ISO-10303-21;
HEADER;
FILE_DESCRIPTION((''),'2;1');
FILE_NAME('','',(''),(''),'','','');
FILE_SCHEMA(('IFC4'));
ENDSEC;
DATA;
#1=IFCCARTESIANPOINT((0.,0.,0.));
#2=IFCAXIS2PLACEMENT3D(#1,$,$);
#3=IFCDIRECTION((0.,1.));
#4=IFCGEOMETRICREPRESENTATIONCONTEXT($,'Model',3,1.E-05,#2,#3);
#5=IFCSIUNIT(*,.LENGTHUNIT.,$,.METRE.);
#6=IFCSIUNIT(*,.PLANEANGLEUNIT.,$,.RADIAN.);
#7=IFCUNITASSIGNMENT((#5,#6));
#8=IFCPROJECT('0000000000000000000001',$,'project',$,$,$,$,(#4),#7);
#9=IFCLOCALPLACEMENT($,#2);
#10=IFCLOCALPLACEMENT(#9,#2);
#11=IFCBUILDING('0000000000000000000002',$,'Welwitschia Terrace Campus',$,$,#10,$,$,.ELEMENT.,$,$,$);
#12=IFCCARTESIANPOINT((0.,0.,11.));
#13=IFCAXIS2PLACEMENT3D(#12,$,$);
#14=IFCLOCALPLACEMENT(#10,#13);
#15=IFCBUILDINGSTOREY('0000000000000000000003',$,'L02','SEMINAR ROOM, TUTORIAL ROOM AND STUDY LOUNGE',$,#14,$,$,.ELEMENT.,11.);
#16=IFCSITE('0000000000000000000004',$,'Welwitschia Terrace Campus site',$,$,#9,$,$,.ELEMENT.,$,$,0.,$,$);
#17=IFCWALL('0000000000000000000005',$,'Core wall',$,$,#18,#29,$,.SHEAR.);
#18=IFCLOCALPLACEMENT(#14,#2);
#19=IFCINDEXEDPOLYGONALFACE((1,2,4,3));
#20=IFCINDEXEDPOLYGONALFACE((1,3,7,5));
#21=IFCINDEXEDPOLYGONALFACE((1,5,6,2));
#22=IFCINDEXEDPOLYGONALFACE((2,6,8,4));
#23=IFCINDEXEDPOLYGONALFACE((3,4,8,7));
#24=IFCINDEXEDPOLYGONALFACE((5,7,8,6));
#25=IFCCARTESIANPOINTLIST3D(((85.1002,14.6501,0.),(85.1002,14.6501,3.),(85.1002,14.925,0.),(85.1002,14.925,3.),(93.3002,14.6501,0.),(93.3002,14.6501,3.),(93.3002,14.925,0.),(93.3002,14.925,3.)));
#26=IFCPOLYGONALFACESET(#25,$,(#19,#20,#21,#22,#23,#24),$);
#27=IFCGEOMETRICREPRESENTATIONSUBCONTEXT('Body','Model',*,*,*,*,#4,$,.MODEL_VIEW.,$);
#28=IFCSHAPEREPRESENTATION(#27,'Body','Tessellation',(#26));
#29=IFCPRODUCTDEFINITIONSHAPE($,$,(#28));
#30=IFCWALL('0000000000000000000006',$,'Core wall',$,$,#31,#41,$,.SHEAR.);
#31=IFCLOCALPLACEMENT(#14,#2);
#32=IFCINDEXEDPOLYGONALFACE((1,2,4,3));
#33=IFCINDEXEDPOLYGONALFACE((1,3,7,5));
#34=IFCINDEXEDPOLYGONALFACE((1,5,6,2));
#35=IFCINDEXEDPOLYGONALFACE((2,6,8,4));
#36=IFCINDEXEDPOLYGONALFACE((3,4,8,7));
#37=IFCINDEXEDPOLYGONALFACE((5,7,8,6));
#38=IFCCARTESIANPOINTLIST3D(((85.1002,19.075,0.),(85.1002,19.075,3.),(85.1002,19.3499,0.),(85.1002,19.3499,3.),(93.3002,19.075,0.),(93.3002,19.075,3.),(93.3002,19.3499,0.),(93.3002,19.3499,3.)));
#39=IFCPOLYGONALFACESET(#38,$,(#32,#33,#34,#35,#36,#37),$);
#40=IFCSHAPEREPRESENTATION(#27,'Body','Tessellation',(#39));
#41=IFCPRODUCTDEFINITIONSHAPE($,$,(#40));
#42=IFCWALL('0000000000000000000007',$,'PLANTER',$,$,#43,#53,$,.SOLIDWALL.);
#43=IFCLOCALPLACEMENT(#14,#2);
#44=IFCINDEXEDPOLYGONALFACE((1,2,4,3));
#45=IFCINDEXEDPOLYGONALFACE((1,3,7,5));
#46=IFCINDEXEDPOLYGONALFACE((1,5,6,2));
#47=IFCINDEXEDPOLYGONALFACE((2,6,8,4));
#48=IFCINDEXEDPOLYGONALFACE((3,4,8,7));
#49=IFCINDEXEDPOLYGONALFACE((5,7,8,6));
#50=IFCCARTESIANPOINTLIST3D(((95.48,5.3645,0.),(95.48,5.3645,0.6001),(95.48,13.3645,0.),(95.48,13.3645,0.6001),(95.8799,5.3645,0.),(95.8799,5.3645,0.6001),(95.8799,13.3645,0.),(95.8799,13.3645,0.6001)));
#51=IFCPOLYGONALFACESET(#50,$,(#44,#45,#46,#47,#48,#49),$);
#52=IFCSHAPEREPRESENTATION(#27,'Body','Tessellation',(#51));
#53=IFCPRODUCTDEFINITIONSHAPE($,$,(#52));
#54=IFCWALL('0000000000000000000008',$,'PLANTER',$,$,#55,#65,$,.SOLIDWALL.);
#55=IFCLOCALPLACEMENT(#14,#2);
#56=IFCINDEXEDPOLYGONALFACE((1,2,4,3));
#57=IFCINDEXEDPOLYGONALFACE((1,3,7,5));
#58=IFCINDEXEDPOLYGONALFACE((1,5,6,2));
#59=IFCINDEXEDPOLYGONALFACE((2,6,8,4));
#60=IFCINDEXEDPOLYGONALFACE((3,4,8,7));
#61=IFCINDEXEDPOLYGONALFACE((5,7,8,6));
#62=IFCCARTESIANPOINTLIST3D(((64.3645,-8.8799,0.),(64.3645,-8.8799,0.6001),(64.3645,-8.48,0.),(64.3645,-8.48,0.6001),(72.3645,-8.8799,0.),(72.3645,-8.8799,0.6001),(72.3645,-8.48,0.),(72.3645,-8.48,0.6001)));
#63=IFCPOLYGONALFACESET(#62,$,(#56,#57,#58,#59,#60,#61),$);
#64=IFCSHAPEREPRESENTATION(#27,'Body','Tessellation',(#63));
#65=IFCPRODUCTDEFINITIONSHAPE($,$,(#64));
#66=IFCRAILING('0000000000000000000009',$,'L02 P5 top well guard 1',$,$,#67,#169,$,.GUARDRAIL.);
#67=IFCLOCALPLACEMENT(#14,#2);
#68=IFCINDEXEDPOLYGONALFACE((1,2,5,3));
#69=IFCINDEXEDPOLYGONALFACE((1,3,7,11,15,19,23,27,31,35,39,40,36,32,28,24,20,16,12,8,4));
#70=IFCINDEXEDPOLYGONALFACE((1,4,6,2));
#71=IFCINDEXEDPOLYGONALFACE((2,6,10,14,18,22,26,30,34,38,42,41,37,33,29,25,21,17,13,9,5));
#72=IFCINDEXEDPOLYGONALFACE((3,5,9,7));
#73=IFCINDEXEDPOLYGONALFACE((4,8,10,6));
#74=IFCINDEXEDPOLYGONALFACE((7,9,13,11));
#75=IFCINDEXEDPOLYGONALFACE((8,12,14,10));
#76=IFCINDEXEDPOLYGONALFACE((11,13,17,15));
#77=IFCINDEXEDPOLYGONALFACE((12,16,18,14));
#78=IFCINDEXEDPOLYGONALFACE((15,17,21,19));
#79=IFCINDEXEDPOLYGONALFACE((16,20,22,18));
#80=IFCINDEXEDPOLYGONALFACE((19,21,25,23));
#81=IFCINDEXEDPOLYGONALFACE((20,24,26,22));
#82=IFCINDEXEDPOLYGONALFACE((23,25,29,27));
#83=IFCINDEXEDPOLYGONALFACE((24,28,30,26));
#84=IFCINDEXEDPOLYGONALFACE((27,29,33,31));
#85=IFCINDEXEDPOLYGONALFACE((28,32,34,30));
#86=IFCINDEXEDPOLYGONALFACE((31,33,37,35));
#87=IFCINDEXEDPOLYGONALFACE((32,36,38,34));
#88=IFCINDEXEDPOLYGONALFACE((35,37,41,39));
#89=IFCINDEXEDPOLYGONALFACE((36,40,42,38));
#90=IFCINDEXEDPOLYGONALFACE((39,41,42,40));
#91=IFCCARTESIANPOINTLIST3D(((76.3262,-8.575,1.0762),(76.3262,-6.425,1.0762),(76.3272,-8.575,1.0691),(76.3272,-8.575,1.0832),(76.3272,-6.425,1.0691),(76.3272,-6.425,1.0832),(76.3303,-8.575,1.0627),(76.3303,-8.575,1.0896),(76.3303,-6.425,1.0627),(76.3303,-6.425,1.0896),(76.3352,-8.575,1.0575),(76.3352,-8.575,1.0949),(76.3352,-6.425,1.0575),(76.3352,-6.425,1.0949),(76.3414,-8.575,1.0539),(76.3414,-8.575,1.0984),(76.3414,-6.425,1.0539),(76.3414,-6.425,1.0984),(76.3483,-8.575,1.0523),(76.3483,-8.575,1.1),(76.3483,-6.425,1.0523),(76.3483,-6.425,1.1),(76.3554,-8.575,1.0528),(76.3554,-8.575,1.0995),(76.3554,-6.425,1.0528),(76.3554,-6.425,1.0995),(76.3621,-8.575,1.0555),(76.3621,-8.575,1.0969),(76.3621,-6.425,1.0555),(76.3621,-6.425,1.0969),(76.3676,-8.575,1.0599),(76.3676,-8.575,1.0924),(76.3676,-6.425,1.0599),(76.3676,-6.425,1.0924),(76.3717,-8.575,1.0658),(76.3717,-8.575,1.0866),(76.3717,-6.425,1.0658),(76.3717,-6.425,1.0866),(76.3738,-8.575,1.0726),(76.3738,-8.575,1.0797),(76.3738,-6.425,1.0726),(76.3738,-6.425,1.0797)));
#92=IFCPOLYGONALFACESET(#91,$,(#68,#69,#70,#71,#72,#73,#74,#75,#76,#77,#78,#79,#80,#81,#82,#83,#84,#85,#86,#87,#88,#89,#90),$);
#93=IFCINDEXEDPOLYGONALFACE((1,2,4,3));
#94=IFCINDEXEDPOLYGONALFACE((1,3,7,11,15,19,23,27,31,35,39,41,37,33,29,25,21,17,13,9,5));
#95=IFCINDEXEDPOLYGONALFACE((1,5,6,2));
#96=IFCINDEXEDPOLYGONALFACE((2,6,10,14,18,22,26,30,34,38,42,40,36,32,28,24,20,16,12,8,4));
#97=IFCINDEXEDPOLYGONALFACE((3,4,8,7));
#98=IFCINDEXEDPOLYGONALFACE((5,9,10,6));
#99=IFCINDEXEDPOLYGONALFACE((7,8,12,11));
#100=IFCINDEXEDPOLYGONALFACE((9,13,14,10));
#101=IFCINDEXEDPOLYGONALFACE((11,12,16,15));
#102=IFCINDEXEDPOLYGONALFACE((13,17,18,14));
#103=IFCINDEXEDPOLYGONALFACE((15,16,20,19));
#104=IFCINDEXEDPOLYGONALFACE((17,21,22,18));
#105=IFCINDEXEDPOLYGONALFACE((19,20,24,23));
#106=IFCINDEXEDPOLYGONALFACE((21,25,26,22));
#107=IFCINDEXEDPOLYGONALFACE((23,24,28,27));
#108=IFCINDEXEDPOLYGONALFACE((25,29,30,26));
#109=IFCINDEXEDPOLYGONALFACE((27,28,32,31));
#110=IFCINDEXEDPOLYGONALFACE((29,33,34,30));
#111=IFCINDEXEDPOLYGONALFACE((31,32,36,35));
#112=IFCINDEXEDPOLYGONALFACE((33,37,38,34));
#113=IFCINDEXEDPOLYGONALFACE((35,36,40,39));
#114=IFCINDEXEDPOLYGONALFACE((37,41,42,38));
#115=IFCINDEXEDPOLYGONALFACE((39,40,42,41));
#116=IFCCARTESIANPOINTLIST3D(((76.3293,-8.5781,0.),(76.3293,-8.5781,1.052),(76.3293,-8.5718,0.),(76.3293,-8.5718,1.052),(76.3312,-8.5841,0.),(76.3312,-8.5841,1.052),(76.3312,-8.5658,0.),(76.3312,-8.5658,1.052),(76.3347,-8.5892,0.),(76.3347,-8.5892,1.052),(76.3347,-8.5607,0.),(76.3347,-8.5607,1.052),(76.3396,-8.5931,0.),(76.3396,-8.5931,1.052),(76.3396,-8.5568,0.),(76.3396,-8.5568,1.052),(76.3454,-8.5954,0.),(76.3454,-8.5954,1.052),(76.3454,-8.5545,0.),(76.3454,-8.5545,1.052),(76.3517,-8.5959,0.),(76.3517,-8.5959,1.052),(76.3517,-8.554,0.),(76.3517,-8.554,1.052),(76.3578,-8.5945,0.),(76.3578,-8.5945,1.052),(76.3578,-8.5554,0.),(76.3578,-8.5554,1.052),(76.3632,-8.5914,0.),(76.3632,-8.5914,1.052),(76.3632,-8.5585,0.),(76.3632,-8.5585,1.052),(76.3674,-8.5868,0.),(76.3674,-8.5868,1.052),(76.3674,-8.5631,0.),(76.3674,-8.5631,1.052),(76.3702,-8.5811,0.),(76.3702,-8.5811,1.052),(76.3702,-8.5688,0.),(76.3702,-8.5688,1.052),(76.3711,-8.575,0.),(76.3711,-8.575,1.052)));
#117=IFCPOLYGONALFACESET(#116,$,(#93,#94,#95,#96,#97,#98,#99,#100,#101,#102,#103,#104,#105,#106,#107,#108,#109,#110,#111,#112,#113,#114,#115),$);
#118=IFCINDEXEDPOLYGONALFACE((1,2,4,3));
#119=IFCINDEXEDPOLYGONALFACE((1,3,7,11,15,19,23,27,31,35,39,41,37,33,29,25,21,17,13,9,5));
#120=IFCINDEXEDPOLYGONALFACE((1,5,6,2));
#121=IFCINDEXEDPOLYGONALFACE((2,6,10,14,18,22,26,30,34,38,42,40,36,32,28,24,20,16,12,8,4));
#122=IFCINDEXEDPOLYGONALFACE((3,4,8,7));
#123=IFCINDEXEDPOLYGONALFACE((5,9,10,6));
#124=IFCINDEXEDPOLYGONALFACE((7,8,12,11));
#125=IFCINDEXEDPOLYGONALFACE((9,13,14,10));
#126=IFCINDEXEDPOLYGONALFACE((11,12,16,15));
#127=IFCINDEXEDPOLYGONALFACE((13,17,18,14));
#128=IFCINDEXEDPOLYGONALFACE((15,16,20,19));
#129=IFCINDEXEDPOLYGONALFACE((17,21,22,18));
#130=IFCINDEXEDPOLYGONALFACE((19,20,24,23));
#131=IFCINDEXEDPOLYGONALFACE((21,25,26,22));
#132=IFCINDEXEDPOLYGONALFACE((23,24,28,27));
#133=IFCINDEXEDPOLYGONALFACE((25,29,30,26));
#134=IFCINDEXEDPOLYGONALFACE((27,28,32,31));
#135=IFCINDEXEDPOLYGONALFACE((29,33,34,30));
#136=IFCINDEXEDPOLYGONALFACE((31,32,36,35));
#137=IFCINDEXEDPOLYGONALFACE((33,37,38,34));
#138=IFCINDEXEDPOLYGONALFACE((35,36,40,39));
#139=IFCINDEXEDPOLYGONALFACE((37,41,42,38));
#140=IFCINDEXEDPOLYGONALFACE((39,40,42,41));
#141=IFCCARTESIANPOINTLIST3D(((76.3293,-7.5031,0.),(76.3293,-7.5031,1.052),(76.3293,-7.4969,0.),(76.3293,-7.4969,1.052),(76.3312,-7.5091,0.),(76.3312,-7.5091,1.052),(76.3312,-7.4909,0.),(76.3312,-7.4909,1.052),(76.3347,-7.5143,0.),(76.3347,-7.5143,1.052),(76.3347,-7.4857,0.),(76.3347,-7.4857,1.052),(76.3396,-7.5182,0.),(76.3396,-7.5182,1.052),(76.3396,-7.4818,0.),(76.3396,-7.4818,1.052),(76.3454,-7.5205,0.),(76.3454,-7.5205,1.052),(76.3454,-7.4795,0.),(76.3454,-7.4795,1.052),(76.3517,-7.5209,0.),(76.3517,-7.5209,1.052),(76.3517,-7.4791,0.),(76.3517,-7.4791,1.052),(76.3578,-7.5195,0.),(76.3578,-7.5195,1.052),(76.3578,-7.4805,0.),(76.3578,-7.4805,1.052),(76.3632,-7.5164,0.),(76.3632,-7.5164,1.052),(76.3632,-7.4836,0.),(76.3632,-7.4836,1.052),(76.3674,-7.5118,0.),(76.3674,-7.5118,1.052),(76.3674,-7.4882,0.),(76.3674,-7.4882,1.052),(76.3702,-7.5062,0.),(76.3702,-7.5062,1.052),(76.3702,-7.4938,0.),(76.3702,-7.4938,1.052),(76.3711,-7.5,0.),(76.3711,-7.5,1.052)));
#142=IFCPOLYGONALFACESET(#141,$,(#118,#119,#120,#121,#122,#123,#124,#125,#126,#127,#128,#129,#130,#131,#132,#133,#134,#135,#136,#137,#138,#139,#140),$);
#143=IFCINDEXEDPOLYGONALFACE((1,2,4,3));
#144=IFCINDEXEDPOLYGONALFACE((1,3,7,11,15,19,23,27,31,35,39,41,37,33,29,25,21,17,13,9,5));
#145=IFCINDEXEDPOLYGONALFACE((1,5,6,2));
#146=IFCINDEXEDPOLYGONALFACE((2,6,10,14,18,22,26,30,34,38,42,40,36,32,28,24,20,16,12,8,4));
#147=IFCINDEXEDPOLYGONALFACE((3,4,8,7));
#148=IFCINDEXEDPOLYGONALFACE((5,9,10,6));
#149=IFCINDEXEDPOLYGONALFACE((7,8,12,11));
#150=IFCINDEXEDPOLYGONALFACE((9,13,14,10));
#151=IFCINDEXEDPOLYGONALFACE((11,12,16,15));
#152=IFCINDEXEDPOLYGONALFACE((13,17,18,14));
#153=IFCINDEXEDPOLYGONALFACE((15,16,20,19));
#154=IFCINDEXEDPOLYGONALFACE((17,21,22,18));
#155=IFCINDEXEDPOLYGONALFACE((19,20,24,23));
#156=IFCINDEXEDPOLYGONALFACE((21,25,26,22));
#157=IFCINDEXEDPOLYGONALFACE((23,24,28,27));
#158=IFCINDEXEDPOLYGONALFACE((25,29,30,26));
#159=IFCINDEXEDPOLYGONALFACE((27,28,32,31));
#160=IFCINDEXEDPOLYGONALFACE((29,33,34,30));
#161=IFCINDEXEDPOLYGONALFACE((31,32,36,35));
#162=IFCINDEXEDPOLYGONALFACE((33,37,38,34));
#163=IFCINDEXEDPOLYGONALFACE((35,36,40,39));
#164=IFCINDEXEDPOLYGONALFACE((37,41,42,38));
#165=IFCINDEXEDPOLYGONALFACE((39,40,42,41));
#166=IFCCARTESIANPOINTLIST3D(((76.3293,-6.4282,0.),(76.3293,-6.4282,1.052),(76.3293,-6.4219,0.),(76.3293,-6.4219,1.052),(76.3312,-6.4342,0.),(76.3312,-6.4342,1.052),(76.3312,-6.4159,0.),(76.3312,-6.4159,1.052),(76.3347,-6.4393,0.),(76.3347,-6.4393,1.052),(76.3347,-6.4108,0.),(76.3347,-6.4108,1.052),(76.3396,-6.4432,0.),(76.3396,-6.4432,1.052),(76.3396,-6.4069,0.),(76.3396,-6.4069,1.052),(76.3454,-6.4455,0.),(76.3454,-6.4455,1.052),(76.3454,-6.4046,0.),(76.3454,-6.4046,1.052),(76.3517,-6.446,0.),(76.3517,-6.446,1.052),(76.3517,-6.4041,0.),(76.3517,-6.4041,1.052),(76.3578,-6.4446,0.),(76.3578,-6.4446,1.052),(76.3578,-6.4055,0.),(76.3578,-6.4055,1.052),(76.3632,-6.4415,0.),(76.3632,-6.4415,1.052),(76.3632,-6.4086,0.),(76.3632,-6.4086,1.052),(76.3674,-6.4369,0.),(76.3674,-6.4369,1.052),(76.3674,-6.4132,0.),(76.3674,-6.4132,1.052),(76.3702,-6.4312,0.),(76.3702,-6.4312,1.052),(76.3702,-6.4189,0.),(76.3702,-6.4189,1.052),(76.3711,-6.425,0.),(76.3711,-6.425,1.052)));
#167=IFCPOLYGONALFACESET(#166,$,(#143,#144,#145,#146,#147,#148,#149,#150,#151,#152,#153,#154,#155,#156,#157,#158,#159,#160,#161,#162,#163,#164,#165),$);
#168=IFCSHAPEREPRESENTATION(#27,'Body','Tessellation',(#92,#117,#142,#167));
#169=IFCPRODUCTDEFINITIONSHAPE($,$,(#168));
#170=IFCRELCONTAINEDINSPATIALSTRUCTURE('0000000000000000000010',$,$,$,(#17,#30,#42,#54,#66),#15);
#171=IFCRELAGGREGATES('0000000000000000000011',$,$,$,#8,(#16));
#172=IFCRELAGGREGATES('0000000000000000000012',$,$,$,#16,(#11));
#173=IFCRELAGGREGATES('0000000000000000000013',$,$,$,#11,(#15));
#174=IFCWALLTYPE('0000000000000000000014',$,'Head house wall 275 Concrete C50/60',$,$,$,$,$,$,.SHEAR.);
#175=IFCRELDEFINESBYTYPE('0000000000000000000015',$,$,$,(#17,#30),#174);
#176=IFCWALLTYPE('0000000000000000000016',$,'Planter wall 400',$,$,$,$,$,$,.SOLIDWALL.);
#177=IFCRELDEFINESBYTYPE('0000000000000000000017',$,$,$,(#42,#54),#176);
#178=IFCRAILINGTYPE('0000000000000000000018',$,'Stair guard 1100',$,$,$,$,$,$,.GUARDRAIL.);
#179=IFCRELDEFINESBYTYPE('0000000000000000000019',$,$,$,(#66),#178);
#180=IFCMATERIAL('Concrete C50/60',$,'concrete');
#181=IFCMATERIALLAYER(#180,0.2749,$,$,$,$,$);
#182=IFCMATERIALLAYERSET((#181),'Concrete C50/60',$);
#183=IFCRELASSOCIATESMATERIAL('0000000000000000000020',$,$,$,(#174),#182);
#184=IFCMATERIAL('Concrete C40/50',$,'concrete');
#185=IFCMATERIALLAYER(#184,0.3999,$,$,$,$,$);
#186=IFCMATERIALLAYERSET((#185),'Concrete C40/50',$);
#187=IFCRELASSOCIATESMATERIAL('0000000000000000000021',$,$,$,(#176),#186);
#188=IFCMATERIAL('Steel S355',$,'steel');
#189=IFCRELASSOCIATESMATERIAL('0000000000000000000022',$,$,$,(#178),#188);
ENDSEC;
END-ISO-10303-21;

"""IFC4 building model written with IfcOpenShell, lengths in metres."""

from ifc_helpers import new_model, si_unit, direction, frame, frame_2d, origin, origin_2d, place, context, subcontext, project, spatial, rectangle, circle, extrude, material, layer, layer_set, type_object, element, save


model = new_model("IFC4")

# Units and contexts
model_context = context("Model", 3, precision=1e-05, world=origin(), true_north=direction((0.0, 1.0)))
body_context = subcontext(model_context, "Body", "Model", "MODEL_VIEW")
ifc_project = project(units=[si_unit("LENGTHUNIT", "METRE"), si_unit("PLANEANGLEUNIT", "RADIAN")], contexts=[model_context])

# Site, building, storey
site_placement = place(None, origin())
site = spatial("IfcSite", under=ifc_project, at=site_placement, Name="Welwitschia Terrace Campus site", CompositionType="ELEMENT", RefElevation=0.0)
building_placement = place(site_placement, origin())
building = spatial("IfcBuilding", under=site, at=building_placement, Name="Welwitschia Terrace Campus", CompositionType="ELEMENT")
storey_placement = place(building_placement, frame((0.0, 0.0, 11.0)))
storey = spatial("IfcBuildingStorey", under=building, at=storey_placement, Name="L02", Description="SEMINAR ROOM, TUTORIAL ROOM AND STUDY LOUNGE", CompositionType="ELEMENT", Elevation=11.0)

# Shared definitions
ifc_material_1 = material(Name="Concrete C50/60", Category="concrete")
ifc_layer_1 = layer(ifc_material_1, 0.2749)
ifc_layer_set_1 = layer_set([ifc_layer_1], Name="Concrete C50/60")
wall_type_1 = type_object("IfcWallType", Name="Head house wall 275 Concrete C50/60", PredefinedType="SHEAR", material=ifc_layer_set_1)

# Walls
for number, where, z_axis, x_axis, name in (
    (1, (85.1001, 14.7876, 0.0), (0.0, 0.0, 1.0), (1.0, 0.0, 0.0), "Core wall"),
    (2, (85.1001, 19.2124, 0.0), (0.0, 0.0, 1.0), (1.0, 0.0, 0.0), "Core wall"),
):
    element("IfcWall", number, at=place(storey_placement, frame(where, z_axis=z_axis, x_axis=x_axis)), inside=storey, type_object=wall_type_1, Name=name, PredefinedType="SHEAR", context=body_context, shape_type="SweptSolid", body=[
        extrude(rectangle(XDim=8.2, YDim=0.2749, at=frame_2d((4.1001, 0.0))), origin(), (0.0, 0.0, 1.0), 3.0),
    ])
ifc_material_2 = material(Name="Concrete C40/50", Category="concrete")
ifc_layer_2 = layer(ifc_material_2, 0.3999)
ifc_layer_set_2 = layer_set([ifc_layer_2], Name="Concrete C40/50")
wall_type_2 = type_object("IfcWallType", Name="Planter wall 400", PredefinedType="SOLIDWALL", material=ifc_layer_set_2)
for number, where, z_axis, x_axis, name in (
    (3, (95.6799, 13.3645, 0.0), (0.0, 0.0, 1.0), (0.0, -1.0, 0.0), "PLANTER"),
    (4, (72.3645, -8.6799, 0.0), (0.0, 0.0, 1.0), (-1.0, 0.0, 0.0), "PLANTER"),
):
    element("IfcWall", number, at=place(storey_placement, frame(where, z_axis=z_axis, x_axis=x_axis)), inside=storey, type_object=wall_type_2, Name=name, PredefinedType="SOLIDWALL", context=body_context, shape_type="SweptSolid", body=[
        extrude(rectangle(XDim=8.0, YDim=0.3999, at=frame_2d((4.0, 0.0))), origin(), (0.0, 0.0, 1.0), 0.6001),
    ])

# Railing
ifc_material_3 = material(Name="Steel S355", Category="steel")
railing_type = type_object("IfcRailingType", Name="Stair guard 1100", PredefinedType="GUARDRAIL", material=ifc_material_3)
railing_1_placement = place(storey_placement, frame((76.3501, -8.575, 0.0)))
element("IfcRailing", 5, at=railing_1_placement, inside=storey, type_object=railing_type, Name="L02 P5 top well guard 1", PredefinedType="GUARDRAIL", context=body_context, shape_type="SweptSolid", body=[
    extrude(circle(Radius=0.0239, at=origin_2d()), frame((0.0, 0.0, 1.0762), z_axis=(0.0, 1.0, 0.0), x_axis=(-1.0, 0.0, 0.0)), (0.0, 0.0, 1.0), 2.1499),
    extrude(circle(Radius=0.021, at=origin_2d()), origin(), (0.0, 0.0, 1.0), 1.052),
    extrude(circle(Radius=0.021, at=origin_2d()), frame((0.0, 1.075, 0.0)), (0.0, 0.0, 1.0), 1.052),
    extrude(circle(Radius=0.021, at=origin_2d()), frame((0.0, 2.1499, 0.0)), (0.0, 0.0, 1.0), 1.052),
])

save(model, "model.ifc")
